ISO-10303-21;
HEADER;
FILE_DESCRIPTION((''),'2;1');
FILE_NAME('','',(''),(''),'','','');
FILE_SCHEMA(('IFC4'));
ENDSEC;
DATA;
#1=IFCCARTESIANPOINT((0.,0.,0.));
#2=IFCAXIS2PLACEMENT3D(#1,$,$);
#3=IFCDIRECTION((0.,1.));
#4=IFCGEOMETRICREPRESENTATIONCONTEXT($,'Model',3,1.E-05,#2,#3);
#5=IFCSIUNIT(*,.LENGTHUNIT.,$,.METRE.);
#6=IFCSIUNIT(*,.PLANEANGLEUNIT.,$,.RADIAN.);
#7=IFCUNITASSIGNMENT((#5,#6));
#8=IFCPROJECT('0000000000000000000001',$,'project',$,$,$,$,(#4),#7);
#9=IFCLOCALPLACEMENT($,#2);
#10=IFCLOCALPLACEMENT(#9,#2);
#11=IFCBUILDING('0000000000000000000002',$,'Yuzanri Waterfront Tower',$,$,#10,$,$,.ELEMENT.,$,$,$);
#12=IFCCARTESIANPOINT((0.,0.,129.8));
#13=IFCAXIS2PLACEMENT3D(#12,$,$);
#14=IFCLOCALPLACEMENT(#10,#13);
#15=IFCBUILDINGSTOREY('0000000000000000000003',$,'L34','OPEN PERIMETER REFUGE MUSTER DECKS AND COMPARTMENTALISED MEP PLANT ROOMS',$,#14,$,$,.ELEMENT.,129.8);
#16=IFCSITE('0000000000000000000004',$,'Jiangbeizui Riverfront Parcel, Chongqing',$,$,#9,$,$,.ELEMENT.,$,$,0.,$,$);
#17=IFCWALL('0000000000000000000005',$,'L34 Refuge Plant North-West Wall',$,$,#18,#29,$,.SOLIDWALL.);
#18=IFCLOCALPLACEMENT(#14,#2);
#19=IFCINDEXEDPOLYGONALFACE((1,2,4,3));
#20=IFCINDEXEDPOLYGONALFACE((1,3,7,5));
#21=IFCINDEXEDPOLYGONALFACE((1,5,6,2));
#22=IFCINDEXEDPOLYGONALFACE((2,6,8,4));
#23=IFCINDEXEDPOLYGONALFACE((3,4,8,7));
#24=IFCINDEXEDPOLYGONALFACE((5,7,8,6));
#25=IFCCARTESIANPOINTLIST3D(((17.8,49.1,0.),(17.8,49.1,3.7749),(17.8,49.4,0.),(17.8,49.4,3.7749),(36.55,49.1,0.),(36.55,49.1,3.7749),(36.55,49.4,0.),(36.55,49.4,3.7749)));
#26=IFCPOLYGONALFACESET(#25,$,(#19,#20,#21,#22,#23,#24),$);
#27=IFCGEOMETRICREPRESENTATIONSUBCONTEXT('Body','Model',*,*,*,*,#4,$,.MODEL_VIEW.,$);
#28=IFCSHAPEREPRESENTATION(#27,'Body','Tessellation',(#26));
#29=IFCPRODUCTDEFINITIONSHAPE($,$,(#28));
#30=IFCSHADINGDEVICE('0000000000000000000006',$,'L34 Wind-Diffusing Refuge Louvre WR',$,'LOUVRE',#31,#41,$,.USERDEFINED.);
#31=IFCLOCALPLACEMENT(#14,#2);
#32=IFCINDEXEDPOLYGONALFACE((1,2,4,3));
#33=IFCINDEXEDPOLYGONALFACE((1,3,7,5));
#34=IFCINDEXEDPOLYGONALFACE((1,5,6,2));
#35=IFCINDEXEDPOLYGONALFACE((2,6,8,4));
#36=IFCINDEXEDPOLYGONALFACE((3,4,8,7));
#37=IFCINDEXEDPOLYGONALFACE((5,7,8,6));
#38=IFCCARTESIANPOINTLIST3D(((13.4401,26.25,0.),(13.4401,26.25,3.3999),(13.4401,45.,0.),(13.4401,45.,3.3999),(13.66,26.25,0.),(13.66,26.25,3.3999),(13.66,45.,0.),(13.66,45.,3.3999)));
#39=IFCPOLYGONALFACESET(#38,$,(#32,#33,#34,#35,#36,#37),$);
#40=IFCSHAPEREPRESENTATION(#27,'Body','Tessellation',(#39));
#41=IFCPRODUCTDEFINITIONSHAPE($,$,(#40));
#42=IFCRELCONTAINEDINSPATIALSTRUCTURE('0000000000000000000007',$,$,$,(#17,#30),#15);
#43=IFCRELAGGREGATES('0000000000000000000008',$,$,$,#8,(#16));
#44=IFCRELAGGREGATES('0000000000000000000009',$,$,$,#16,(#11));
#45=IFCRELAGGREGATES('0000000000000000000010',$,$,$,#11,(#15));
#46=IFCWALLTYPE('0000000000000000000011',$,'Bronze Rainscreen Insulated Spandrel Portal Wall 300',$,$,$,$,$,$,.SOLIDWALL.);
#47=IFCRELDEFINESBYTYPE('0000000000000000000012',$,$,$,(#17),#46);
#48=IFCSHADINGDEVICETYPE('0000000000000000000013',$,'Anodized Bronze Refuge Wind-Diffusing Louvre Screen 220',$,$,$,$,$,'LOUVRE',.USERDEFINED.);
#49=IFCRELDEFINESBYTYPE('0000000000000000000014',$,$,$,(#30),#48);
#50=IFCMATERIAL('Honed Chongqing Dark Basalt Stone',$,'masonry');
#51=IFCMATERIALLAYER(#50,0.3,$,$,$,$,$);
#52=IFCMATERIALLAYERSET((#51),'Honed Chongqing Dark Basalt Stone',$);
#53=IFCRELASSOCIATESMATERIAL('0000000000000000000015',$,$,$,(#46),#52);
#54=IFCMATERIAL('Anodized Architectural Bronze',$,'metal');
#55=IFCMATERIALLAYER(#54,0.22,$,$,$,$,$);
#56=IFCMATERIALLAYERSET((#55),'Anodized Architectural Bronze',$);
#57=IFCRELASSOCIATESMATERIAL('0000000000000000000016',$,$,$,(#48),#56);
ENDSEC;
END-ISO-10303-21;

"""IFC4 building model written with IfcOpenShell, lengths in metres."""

from ifc_helpers import new_model, si_unit, direction, frame, frame_2d, origin, origin_2d, place, context, subcontext, project, spatial, rectangle, extrude, source, transform, mapped, material, layer, layer_set, type_object, element, save


model = new_model("IFC4")

# Units and contexts
model_context = context("Model", 3, precision=1e-05, world=origin(), true_north=direction((0.0, 1.0)))
body_context = subcontext(model_context, "Body", "Model", "MODEL_VIEW")
ifc_project = project(units=[si_unit("LENGTHUNIT", "METRE"), si_unit("PLANEANGLEUNIT", "RADIAN")], contexts=[model_context])

# Site, building, storey
site_placement = place(None, origin())
site = spatial("IfcSite", under=ifc_project, at=site_placement, Name="Jiangbeizui Riverfront Parcel, Chongqing", CompositionType="ELEMENT", RefElevation=0.0)
building_placement = place(site_placement, origin())
building = spatial("IfcBuilding", under=site, at=building_placement, Name="Yuzanri Waterfront Tower", CompositionType="ELEMENT")
storey_placement = place(building_placement, frame((0.0, 0.0, 129.8)))
storey = spatial("IfcBuildingStorey", under=building, at=storey_placement, Name="L34", Description="OPEN PERIMETER REFUGE MUSTER DECKS AND COMPARTMENTALISED MEP PLANT ROOMS", CompositionType="ELEMENT", Elevation=129.8)

# Wall
ifc_material_1 = material(Name="Honed Chongqing Dark Basalt Stone", Category="masonry")
ifc_layer_1 = layer(ifc_material_1, 0.3)
ifc_layer_set_1 = layer_set([ifc_layer_1], Name="Honed Chongqing Dark Basalt Stone")
wall_type_1 = type_object("IfcWallType", Name="Bronze Rainscreen Insulated Spandrel Portal Wall 300", PredefinedType="SOLIDWALL", material=ifc_layer_set_1)
shared_shape_1 = source(origin(), body_context, "Body", "SweptSolid", [
    extrude(rectangle(XDim=18.75, YDim=0.3, at=frame_2d((9.375, 0.0))), origin(), (0.0, 0.0, 1.0), 3.7749),
])
wall_1_placement = place(storey_placement, frame((17.8, 49.25, 0.0), z_axis=(0.0, 0.0, 1.0), x_axis=(1.0, 0.0, 0.0)))
element("IfcWall", 1, at=wall_1_placement, inside=storey, type_object=wall_type_1, Name="L34 Refuge Plant North-West Wall", PredefinedType="SOLIDWALL", context=body_context, shape_type="MappedRepresentation", body=[
    mapped(shared_shape_1, transform((0.0, 0.0, 0.0), scale=1.0)),
])

# Shading device
ifc_material_2 = material(Name="Anodized Architectural Bronze", Category="metal")
ifc_layer_2 = layer(ifc_material_2, 0.22)
ifc_layer_set_2 = layer_set([ifc_layer_2], Name="Anodized Architectural Bronze")
shading_device_type = type_object("IfcShadingDeviceType", Name="Anodized Bronze Refuge Wind-Diffusing Louvre Screen 220", ElementType="LOUVRE", PredefinedType="USERDEFINED", material=ifc_layer_set_2)
shared_shape_2 = source(origin(), body_context, "Body", "SweptSolid", [
    extrude(rectangle(XDim=0.22, YDim=18.75, at=origin_2d()), origin(), (0.0, 0.0, 1.0), 3.3999),
])
shading_device_placement = place(storey_placement, frame((13.55, 35.625, 0.0), z_axis=(0.0, 0.0, 1.0), x_axis=(1.0, 0.0, 0.0)))
element("IfcShadingDevice", 2, at=shading_device_placement, inside=storey, type_object=shading_device_type, Name="L34 Wind-Diffusing Refuge Louvre WR", ObjectType="LOUVRE", PredefinedType="USERDEFINED", context=body_context, shape_type="MappedRepresentation", body=[
    mapped(shared_shape_2, transform((0.0, 0.0, 0.0), scale=1.0)),
])

save(model, "model.ifc")
